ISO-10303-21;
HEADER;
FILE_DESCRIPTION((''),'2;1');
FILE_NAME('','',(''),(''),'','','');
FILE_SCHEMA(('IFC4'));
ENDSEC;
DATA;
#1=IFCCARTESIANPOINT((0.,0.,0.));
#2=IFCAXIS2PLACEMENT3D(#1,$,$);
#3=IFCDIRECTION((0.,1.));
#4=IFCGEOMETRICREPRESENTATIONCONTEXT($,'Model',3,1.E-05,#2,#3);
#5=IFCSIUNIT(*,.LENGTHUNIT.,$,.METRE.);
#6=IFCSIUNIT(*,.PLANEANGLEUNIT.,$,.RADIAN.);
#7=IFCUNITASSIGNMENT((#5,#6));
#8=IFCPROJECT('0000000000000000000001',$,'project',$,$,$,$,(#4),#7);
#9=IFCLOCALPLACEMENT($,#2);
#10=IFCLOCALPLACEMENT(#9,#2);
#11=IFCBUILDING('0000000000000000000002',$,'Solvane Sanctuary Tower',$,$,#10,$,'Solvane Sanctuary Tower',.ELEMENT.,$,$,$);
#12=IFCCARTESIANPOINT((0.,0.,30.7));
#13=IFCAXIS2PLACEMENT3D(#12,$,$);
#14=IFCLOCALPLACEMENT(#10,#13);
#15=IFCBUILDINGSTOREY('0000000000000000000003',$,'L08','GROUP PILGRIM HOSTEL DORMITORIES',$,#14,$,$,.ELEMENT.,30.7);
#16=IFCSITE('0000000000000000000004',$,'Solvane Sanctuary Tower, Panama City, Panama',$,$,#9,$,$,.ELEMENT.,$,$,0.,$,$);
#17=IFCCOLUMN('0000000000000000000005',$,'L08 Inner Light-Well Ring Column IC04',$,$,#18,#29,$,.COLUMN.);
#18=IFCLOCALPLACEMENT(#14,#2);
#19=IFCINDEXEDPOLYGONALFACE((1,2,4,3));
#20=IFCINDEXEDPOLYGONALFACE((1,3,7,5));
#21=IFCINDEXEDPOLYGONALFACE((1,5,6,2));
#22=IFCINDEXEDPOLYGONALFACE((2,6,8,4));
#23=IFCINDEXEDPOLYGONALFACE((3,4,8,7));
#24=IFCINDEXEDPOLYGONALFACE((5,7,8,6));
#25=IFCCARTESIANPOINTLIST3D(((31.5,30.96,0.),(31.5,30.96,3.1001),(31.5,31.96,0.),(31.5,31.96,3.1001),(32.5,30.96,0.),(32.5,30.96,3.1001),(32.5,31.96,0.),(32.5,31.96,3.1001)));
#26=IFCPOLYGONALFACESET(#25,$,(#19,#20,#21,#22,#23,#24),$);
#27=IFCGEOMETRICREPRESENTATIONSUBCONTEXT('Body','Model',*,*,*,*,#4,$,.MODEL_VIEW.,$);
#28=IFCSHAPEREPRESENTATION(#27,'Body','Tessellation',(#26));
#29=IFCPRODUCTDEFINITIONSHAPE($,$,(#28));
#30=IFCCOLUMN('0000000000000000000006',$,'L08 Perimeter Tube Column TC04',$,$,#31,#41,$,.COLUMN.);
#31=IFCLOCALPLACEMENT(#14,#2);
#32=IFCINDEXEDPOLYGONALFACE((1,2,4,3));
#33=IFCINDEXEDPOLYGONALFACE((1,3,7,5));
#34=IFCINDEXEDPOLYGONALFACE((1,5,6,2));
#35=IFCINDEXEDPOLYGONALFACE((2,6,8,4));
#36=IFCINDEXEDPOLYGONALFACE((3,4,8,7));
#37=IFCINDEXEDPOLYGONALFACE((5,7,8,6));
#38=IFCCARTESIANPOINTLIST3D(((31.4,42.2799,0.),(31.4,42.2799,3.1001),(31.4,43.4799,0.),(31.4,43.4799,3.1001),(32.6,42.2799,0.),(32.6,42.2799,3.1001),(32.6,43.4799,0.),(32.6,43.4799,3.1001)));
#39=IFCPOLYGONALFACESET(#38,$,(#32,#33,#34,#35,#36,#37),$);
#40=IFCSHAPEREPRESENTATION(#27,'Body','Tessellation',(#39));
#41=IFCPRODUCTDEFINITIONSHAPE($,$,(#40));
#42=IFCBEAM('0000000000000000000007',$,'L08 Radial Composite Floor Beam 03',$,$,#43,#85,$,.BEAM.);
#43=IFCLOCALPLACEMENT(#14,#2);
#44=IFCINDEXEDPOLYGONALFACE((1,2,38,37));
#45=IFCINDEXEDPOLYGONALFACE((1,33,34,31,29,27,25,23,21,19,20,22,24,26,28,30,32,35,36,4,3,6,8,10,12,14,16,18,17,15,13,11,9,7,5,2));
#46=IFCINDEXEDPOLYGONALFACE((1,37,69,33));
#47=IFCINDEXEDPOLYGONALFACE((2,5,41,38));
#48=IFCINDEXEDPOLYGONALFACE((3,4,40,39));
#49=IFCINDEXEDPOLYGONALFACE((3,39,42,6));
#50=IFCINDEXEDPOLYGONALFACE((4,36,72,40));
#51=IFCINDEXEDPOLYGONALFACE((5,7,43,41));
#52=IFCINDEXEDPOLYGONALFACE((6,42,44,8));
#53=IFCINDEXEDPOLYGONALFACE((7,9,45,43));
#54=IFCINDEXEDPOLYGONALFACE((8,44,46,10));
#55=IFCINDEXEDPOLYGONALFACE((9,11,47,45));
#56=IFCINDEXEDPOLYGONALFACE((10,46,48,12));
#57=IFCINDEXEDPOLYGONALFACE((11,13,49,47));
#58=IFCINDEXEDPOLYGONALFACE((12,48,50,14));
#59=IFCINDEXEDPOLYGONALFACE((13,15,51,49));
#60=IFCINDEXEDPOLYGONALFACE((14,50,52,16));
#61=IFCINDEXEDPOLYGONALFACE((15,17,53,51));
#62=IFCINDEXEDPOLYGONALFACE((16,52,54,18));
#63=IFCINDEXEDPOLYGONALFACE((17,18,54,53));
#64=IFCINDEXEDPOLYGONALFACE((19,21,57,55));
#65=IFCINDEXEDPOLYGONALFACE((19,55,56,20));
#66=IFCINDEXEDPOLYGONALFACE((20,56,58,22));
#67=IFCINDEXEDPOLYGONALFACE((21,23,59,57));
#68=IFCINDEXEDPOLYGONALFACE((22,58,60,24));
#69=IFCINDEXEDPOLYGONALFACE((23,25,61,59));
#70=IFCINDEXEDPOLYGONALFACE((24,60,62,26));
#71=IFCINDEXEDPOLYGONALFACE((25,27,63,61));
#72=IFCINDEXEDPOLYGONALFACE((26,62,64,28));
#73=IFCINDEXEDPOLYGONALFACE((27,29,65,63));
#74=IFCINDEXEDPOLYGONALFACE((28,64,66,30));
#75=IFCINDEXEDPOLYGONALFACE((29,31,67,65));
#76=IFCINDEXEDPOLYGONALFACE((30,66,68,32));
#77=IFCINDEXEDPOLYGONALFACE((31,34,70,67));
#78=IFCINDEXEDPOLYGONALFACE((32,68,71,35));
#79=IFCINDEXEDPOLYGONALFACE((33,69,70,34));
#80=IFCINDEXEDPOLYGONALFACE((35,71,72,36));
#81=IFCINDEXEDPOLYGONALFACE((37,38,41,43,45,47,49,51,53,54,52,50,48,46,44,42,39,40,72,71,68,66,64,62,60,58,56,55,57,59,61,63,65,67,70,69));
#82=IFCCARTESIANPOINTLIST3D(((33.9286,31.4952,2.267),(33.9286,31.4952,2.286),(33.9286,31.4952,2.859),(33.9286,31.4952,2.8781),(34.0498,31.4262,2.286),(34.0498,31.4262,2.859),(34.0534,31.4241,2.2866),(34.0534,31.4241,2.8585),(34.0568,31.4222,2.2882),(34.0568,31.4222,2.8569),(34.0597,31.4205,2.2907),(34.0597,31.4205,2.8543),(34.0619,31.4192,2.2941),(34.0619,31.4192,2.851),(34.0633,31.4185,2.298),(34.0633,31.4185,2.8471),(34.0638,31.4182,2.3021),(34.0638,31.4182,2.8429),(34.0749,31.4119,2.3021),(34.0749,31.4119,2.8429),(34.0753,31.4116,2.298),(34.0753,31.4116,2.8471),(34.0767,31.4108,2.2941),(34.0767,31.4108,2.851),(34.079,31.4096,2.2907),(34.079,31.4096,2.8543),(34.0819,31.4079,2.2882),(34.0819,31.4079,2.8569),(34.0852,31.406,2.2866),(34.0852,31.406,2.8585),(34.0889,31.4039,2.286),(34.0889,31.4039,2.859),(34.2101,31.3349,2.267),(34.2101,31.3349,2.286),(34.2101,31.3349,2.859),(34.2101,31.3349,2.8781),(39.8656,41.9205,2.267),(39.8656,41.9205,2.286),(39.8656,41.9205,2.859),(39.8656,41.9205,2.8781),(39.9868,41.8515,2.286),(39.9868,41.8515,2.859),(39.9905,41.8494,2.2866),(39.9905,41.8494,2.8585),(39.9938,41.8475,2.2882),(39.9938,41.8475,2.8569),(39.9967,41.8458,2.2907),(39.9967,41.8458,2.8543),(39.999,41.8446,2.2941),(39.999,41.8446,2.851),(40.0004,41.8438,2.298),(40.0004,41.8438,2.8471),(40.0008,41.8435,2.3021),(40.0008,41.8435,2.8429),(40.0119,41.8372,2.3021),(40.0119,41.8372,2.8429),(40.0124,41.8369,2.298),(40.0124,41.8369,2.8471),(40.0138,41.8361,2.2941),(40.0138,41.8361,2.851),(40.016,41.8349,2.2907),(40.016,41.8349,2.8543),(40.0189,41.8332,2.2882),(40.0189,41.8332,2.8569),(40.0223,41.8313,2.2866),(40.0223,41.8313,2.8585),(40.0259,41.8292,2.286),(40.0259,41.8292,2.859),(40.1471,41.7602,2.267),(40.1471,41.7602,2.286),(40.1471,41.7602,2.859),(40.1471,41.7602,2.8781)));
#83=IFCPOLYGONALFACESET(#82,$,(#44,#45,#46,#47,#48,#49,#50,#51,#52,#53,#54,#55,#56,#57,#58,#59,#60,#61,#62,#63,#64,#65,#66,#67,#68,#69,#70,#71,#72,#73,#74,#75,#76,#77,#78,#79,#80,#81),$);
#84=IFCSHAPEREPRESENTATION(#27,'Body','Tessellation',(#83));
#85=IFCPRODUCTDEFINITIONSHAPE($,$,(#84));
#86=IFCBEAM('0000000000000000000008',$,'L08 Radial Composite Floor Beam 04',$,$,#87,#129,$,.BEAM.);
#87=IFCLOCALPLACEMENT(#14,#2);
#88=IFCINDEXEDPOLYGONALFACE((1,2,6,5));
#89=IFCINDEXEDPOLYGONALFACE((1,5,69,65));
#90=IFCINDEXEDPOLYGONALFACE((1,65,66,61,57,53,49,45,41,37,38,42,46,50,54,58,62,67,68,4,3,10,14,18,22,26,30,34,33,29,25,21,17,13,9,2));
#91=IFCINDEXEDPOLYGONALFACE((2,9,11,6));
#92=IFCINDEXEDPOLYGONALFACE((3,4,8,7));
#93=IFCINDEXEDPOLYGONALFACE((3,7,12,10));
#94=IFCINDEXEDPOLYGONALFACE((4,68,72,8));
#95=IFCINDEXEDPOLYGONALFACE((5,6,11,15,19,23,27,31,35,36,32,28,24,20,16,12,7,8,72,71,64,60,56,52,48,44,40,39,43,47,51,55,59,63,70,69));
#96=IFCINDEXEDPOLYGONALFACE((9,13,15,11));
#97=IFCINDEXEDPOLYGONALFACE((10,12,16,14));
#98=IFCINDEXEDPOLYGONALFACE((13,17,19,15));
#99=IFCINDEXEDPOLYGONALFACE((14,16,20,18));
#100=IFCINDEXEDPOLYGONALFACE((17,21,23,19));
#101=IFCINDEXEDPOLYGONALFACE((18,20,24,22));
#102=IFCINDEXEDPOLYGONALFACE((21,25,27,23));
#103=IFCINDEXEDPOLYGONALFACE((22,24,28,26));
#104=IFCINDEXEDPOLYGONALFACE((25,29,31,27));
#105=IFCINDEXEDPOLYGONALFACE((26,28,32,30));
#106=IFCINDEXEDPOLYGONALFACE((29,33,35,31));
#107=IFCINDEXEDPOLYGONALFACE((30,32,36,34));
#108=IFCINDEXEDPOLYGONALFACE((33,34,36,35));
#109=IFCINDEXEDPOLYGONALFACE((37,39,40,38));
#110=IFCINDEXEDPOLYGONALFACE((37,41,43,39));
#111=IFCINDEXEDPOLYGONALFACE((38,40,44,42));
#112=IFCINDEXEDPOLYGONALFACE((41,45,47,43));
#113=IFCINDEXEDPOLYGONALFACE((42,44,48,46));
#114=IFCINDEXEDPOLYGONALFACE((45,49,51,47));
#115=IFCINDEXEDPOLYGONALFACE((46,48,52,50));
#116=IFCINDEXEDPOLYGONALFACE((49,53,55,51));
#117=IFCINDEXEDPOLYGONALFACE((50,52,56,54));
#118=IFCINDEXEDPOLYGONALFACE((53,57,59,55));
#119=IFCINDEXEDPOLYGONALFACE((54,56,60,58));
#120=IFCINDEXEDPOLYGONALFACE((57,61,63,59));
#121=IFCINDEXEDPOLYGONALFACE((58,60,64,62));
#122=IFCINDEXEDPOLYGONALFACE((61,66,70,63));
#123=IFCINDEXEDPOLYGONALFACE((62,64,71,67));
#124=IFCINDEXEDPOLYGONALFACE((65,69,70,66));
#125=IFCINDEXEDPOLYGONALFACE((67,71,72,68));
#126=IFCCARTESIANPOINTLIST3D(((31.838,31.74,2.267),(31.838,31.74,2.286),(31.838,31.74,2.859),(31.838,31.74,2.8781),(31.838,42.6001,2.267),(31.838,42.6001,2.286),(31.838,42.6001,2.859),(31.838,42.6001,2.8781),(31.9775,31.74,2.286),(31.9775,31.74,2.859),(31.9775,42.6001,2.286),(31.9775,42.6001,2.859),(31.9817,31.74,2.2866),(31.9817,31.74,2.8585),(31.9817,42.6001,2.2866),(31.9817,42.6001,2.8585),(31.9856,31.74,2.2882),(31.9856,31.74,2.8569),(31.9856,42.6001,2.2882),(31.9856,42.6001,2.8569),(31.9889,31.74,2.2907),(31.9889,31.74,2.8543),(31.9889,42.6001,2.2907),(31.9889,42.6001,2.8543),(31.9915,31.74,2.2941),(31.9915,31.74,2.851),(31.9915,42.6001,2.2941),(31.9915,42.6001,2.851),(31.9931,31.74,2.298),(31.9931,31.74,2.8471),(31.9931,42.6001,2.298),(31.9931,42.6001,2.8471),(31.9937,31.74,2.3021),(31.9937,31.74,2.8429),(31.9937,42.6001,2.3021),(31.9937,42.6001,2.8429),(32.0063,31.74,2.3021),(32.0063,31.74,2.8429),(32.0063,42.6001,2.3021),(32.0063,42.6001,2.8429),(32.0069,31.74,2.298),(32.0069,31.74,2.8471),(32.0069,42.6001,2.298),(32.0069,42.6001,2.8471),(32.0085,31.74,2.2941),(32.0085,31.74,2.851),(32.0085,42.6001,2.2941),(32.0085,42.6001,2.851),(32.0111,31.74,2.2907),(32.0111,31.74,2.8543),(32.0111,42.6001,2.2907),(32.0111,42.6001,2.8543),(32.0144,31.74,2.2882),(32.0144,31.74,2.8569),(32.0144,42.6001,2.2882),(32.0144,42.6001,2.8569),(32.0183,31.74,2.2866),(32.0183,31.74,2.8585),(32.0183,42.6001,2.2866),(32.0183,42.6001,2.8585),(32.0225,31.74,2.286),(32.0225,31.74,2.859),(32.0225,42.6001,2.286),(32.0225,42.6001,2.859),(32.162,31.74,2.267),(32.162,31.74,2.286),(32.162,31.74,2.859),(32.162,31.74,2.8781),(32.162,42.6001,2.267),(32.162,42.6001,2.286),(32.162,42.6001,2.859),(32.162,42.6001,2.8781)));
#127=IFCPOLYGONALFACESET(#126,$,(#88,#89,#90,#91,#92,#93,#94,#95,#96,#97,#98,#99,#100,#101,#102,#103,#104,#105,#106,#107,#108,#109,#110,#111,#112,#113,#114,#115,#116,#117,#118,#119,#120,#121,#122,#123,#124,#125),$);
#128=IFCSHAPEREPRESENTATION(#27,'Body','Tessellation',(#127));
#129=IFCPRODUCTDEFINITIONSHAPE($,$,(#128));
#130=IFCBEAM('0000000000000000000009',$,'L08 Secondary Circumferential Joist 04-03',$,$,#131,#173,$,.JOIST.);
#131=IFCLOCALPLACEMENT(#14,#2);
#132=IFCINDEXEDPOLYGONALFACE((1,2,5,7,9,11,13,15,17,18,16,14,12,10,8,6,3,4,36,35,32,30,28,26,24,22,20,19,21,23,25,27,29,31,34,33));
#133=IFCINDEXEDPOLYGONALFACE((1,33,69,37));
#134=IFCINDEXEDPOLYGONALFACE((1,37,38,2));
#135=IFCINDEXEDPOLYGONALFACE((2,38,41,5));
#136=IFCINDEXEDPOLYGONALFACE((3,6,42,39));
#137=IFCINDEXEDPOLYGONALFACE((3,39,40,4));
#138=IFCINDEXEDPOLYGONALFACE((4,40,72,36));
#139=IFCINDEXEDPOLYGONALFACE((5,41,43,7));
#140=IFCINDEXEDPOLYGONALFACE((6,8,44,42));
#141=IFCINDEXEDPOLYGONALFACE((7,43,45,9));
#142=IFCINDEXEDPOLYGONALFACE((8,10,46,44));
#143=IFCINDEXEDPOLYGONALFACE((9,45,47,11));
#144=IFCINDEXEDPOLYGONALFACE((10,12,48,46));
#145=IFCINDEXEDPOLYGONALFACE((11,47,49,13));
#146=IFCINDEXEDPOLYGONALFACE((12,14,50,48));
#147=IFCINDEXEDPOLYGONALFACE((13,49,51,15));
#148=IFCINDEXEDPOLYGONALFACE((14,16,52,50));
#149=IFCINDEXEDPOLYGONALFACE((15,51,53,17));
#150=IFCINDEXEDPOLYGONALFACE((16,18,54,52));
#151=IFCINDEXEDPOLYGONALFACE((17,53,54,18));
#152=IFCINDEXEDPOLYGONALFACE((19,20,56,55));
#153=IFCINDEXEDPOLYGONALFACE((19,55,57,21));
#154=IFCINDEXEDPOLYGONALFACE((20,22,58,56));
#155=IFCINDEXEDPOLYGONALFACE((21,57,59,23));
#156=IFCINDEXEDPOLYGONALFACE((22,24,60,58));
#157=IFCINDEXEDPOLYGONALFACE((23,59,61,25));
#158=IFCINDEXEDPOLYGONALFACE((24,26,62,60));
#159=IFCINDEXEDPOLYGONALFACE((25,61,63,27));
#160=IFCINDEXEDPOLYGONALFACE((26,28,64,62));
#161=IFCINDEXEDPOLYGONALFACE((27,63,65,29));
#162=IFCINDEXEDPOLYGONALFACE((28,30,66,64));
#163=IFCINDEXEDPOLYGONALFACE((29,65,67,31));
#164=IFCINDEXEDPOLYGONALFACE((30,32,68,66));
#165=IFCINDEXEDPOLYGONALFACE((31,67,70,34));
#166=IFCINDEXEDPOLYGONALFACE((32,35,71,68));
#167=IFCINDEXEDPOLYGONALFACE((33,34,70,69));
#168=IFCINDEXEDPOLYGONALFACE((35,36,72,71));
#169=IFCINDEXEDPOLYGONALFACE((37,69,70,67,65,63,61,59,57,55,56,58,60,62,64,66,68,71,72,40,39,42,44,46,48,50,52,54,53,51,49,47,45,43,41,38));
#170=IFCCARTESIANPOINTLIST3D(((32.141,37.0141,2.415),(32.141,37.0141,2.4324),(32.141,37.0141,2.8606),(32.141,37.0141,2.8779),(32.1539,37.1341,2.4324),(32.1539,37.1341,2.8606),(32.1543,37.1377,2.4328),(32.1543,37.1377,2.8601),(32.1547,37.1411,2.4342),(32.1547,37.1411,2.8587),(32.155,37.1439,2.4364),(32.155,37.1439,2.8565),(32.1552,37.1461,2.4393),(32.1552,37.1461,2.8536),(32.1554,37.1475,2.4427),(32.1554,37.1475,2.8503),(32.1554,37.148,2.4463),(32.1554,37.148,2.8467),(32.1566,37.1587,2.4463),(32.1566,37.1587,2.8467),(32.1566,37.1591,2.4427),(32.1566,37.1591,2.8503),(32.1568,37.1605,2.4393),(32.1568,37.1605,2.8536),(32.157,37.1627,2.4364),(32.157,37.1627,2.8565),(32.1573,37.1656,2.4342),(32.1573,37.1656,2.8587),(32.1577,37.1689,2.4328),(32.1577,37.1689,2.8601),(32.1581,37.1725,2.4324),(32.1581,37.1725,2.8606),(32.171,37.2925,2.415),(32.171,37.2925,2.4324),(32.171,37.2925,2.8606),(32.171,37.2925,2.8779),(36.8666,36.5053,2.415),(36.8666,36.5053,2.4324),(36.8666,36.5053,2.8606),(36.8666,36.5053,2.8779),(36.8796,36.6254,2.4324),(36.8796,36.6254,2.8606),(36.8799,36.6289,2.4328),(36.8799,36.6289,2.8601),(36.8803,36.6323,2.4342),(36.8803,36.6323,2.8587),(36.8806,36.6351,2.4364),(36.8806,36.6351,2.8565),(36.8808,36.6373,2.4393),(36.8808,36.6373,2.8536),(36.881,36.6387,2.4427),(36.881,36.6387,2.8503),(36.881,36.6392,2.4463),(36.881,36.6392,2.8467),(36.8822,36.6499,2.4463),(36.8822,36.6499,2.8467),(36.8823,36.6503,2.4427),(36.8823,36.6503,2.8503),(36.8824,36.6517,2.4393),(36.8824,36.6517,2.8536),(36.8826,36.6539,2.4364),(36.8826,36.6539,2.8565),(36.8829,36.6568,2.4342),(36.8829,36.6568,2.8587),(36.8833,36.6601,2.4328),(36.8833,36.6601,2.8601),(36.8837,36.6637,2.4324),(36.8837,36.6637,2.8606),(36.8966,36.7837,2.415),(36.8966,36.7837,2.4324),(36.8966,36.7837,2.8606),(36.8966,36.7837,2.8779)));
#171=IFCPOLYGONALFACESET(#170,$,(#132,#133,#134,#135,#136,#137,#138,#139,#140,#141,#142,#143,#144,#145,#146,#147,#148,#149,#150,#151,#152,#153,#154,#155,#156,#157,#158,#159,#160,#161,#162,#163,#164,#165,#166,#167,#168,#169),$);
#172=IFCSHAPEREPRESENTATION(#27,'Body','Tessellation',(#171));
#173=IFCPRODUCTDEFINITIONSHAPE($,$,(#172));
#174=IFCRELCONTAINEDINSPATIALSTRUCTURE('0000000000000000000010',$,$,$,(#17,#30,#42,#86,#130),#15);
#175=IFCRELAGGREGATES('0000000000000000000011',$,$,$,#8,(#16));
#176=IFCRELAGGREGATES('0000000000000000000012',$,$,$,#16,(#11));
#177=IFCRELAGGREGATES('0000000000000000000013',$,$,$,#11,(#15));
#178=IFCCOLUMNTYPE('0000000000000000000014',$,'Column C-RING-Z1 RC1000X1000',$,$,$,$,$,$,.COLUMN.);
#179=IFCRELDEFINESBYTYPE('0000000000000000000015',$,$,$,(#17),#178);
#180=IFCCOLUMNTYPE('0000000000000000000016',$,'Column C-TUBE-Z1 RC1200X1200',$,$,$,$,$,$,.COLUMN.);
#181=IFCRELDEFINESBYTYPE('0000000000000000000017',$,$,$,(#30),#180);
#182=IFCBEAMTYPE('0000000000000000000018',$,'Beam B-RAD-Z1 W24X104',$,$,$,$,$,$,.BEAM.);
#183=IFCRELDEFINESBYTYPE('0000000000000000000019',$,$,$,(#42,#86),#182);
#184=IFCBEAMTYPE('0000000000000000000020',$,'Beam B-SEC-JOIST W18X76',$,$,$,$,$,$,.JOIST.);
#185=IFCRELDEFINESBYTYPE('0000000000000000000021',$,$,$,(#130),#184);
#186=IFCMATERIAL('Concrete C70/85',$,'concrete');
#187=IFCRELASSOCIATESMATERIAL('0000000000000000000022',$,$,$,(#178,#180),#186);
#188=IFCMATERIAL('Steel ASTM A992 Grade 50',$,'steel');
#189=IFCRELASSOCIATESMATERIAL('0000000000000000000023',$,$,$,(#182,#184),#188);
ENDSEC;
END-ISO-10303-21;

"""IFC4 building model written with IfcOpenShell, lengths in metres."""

from ifc_helpers import new_model, si_unit, direction, frame, origin, origin_2d, place, context, subcontext, project, spatial, rectangle, i_section, extrude, material, material_profile, profile_set, type_object, element, save


model = new_model("IFC4")

# Units and contexts
model_context = context("Model", 3, precision=1e-05, world=origin(), true_north=direction((0.0, 1.0)))
body_context = subcontext(model_context, "Body", "Model", "MODEL_VIEW")
ifc_project = project(units=[si_unit("LENGTHUNIT", "METRE"), si_unit("PLANEANGLEUNIT", "RADIAN")], contexts=[model_context])

# Site, building, storey
site_placement = place(None, origin())
site = spatial("IfcSite", under=ifc_project, at=site_placement, Name="Solvane Sanctuary Tower, Panama City, Panama", CompositionType="ELEMENT", RefElevation=0.0)
building_placement = place(site_placement, origin())
building = spatial("IfcBuilding", under=site, at=building_placement, Name="Solvane Sanctuary Tower", LongName="Solvane Sanctuary Tower", CompositionType="ELEMENT")
storey_placement = place(building_placement, frame((0.0, 0.0, 30.7)))
storey = spatial("IfcBuildingStorey", under=building, at=storey_placement, Name="L08", Description="GROUP PILGRIM HOSTEL DORMITORIES", CompositionType="ELEMENT", Elevation=30.7)

# Columns
ifc_material_1 = material(Name="Concrete C70/85", Category="concrete")
ifc_material_profile_1 = material_profile(ifc_material_1, rectangle(XDim=1.0, YDim=1.0, at=origin_2d()), Name="RC1000X1000")
ifc_profile_set_1 = profile_set([ifc_material_profile_1], Name="Concrete C70/85")
column_type_1 = type_object("IfcColumnType", Name="Column C-RING-Z1 RC1000X1000", PredefinedType="COLUMN", material=ifc_profile_set_1)
column_1_placement = place(storey_placement, frame((32.0, 31.46, 0.0), z_axis=(0.0, 0.0, 1.0), x_axis=(1.0, 0.0, 0.0)))
element("IfcColumn", 1, at=column_1_placement, inside=storey, type_object=column_type_1, Name="L08 Inner Light-Well Ring Column IC04", PredefinedType="COLUMN", context=body_context, shape_type="SweptSolid", body=[
    extrude(rectangle(XDim=1.0, YDim=1.0, at=origin_2d()), origin(), (0.0, 0.0, 1.0), 3.1001),
])
ifc_material_profile_2 = material_profile(ifc_material_1, rectangle(XDim=1.2, YDim=1.2, at=origin_2d()), Name="RC1200X1200")
ifc_profile_set_2 = profile_set([ifc_material_profile_2], Name="Concrete C70/85")
column_type_2 = type_object("IfcColumnType", Name="Column C-TUBE-Z1 RC1200X1200", PredefinedType="COLUMN", material=ifc_profile_set_2)
column_2_placement = place(storey_placement, frame((32.0, 42.8799, 0.0), z_axis=(0.0, 0.0, 1.0), x_axis=(0.0, 1.0, 0.0)))
element("IfcColumn", 2, at=column_2_placement, inside=storey, type_object=column_type_2, Name="L08 Perimeter Tube Column TC04", PredefinedType="COLUMN", context=body_context, shape_type="SweptSolid", body=[
    extrude(rectangle(XDim=1.2, YDim=1.2, at=origin_2d()), origin(), (0.0, 0.0, 1.0), 3.1001),
])

# Beams
ifc_material_2 = material(Name="Steel ASTM A992 Grade 50", Category="steel")
ifc_material_profile_3 = material_profile(ifc_material_2, i_section(OverallWidth=0.324, OverallDepth=0.6111, WebThickness=0.0127, FlangeThickness=0.019, FilletRadius=0.0161, at=origin_2d()), Name="W24X104")
ifc_profile_set_3 = profile_set([ifc_material_profile_3], Name="Steel ASTM A992 Grade 50")
beam_type_1 = type_object("IfcBeamType", Name="Beam B-RAD-Z1 W24X104", PredefinedType="BEAM", material=ifc_profile_set_3)
beam_1_placement = place(storey_placement, frame((34.0693, 31.415, 2.5725), z_axis=(0.494863, 0.868971, 0.0), x_axis=(-0.868971, 0.494863, 0.0)))
element("IfcBeam", 3, at=beam_1_placement, inside=storey, type_object=beam_type_1, Name="L08 Radial Composite Floor Beam 03", PredefinedType="BEAM", context=body_context, shape_type="SweptSolid", body=[
    extrude(i_section(OverallWidth=0.324, OverallDepth=0.6111, WebThickness=0.0127, FlangeThickness=0.019, FilletRadius=0.0161, at=origin_2d()), origin(), (0.0, 0.0, 1.0), 11.9973),
])
beam_2_placement = place(storey_placement, frame((32.0, 31.74, 2.5725), z_axis=(0.0, 1.0, 0.0), x_axis=(-1.0, 0.0, 0.0)))
element("IfcBeam", 4, at=beam_2_placement, inside=storey, type_object=beam_type_1, Name="L08 Radial Composite Floor Beam 04", PredefinedType="BEAM", context=body_context, shape_type="SweptSolid", body=[
    extrude(i_section(OverallWidth=0.324, OverallDepth=0.6111, WebThickness=0.0127, FlangeThickness=0.019, FilletRadius=0.0161, at=origin_2d()), origin(), (0.0, 0.0, 1.0), 10.8601),
])
ifc_material_profile_4 = material_profile(ifc_material_2, i_section(OverallWidth=0.28, OverallDepth=0.4629, WebThickness=0.0107, FlangeThickness=0.0173, FilletRadius=0.0139, at=origin_2d()), Name="W18X76")
ifc_profile_set_4 = profile_set([ifc_material_profile_4], Name="Steel ASTM A992 Grade 50")
beam_type_2 = type_object("IfcBeamType", Name="Beam B-SEC-JOIST W18X76", PredefinedType="JOIST", material=ifc_profile_set_4)
beam_3_placement = place(storey_placement, frame((32.156, 37.1533, 2.6465), z_axis=(0.994254, -0.107048, 0.0), x_axis=(0.107048, 0.994254, 0.0)))
element("IfcBeam", 5, at=beam_3_placement, inside=storey, type_object=beam_type_2, Name="L08 Secondary Circumferential Joist 04-03", PredefinedType="JOIST", context=body_context, shape_type="SweptSolid", body=[
    extrude(i_section(OverallWidth=0.28, OverallDepth=0.4629, WebThickness=0.0107, FlangeThickness=0.0173, FilletRadius=0.0139, at=origin_2d()), origin(), (0.0, 0.0, 1.0), 4.7529),
])

save(model, "model.ifc")
